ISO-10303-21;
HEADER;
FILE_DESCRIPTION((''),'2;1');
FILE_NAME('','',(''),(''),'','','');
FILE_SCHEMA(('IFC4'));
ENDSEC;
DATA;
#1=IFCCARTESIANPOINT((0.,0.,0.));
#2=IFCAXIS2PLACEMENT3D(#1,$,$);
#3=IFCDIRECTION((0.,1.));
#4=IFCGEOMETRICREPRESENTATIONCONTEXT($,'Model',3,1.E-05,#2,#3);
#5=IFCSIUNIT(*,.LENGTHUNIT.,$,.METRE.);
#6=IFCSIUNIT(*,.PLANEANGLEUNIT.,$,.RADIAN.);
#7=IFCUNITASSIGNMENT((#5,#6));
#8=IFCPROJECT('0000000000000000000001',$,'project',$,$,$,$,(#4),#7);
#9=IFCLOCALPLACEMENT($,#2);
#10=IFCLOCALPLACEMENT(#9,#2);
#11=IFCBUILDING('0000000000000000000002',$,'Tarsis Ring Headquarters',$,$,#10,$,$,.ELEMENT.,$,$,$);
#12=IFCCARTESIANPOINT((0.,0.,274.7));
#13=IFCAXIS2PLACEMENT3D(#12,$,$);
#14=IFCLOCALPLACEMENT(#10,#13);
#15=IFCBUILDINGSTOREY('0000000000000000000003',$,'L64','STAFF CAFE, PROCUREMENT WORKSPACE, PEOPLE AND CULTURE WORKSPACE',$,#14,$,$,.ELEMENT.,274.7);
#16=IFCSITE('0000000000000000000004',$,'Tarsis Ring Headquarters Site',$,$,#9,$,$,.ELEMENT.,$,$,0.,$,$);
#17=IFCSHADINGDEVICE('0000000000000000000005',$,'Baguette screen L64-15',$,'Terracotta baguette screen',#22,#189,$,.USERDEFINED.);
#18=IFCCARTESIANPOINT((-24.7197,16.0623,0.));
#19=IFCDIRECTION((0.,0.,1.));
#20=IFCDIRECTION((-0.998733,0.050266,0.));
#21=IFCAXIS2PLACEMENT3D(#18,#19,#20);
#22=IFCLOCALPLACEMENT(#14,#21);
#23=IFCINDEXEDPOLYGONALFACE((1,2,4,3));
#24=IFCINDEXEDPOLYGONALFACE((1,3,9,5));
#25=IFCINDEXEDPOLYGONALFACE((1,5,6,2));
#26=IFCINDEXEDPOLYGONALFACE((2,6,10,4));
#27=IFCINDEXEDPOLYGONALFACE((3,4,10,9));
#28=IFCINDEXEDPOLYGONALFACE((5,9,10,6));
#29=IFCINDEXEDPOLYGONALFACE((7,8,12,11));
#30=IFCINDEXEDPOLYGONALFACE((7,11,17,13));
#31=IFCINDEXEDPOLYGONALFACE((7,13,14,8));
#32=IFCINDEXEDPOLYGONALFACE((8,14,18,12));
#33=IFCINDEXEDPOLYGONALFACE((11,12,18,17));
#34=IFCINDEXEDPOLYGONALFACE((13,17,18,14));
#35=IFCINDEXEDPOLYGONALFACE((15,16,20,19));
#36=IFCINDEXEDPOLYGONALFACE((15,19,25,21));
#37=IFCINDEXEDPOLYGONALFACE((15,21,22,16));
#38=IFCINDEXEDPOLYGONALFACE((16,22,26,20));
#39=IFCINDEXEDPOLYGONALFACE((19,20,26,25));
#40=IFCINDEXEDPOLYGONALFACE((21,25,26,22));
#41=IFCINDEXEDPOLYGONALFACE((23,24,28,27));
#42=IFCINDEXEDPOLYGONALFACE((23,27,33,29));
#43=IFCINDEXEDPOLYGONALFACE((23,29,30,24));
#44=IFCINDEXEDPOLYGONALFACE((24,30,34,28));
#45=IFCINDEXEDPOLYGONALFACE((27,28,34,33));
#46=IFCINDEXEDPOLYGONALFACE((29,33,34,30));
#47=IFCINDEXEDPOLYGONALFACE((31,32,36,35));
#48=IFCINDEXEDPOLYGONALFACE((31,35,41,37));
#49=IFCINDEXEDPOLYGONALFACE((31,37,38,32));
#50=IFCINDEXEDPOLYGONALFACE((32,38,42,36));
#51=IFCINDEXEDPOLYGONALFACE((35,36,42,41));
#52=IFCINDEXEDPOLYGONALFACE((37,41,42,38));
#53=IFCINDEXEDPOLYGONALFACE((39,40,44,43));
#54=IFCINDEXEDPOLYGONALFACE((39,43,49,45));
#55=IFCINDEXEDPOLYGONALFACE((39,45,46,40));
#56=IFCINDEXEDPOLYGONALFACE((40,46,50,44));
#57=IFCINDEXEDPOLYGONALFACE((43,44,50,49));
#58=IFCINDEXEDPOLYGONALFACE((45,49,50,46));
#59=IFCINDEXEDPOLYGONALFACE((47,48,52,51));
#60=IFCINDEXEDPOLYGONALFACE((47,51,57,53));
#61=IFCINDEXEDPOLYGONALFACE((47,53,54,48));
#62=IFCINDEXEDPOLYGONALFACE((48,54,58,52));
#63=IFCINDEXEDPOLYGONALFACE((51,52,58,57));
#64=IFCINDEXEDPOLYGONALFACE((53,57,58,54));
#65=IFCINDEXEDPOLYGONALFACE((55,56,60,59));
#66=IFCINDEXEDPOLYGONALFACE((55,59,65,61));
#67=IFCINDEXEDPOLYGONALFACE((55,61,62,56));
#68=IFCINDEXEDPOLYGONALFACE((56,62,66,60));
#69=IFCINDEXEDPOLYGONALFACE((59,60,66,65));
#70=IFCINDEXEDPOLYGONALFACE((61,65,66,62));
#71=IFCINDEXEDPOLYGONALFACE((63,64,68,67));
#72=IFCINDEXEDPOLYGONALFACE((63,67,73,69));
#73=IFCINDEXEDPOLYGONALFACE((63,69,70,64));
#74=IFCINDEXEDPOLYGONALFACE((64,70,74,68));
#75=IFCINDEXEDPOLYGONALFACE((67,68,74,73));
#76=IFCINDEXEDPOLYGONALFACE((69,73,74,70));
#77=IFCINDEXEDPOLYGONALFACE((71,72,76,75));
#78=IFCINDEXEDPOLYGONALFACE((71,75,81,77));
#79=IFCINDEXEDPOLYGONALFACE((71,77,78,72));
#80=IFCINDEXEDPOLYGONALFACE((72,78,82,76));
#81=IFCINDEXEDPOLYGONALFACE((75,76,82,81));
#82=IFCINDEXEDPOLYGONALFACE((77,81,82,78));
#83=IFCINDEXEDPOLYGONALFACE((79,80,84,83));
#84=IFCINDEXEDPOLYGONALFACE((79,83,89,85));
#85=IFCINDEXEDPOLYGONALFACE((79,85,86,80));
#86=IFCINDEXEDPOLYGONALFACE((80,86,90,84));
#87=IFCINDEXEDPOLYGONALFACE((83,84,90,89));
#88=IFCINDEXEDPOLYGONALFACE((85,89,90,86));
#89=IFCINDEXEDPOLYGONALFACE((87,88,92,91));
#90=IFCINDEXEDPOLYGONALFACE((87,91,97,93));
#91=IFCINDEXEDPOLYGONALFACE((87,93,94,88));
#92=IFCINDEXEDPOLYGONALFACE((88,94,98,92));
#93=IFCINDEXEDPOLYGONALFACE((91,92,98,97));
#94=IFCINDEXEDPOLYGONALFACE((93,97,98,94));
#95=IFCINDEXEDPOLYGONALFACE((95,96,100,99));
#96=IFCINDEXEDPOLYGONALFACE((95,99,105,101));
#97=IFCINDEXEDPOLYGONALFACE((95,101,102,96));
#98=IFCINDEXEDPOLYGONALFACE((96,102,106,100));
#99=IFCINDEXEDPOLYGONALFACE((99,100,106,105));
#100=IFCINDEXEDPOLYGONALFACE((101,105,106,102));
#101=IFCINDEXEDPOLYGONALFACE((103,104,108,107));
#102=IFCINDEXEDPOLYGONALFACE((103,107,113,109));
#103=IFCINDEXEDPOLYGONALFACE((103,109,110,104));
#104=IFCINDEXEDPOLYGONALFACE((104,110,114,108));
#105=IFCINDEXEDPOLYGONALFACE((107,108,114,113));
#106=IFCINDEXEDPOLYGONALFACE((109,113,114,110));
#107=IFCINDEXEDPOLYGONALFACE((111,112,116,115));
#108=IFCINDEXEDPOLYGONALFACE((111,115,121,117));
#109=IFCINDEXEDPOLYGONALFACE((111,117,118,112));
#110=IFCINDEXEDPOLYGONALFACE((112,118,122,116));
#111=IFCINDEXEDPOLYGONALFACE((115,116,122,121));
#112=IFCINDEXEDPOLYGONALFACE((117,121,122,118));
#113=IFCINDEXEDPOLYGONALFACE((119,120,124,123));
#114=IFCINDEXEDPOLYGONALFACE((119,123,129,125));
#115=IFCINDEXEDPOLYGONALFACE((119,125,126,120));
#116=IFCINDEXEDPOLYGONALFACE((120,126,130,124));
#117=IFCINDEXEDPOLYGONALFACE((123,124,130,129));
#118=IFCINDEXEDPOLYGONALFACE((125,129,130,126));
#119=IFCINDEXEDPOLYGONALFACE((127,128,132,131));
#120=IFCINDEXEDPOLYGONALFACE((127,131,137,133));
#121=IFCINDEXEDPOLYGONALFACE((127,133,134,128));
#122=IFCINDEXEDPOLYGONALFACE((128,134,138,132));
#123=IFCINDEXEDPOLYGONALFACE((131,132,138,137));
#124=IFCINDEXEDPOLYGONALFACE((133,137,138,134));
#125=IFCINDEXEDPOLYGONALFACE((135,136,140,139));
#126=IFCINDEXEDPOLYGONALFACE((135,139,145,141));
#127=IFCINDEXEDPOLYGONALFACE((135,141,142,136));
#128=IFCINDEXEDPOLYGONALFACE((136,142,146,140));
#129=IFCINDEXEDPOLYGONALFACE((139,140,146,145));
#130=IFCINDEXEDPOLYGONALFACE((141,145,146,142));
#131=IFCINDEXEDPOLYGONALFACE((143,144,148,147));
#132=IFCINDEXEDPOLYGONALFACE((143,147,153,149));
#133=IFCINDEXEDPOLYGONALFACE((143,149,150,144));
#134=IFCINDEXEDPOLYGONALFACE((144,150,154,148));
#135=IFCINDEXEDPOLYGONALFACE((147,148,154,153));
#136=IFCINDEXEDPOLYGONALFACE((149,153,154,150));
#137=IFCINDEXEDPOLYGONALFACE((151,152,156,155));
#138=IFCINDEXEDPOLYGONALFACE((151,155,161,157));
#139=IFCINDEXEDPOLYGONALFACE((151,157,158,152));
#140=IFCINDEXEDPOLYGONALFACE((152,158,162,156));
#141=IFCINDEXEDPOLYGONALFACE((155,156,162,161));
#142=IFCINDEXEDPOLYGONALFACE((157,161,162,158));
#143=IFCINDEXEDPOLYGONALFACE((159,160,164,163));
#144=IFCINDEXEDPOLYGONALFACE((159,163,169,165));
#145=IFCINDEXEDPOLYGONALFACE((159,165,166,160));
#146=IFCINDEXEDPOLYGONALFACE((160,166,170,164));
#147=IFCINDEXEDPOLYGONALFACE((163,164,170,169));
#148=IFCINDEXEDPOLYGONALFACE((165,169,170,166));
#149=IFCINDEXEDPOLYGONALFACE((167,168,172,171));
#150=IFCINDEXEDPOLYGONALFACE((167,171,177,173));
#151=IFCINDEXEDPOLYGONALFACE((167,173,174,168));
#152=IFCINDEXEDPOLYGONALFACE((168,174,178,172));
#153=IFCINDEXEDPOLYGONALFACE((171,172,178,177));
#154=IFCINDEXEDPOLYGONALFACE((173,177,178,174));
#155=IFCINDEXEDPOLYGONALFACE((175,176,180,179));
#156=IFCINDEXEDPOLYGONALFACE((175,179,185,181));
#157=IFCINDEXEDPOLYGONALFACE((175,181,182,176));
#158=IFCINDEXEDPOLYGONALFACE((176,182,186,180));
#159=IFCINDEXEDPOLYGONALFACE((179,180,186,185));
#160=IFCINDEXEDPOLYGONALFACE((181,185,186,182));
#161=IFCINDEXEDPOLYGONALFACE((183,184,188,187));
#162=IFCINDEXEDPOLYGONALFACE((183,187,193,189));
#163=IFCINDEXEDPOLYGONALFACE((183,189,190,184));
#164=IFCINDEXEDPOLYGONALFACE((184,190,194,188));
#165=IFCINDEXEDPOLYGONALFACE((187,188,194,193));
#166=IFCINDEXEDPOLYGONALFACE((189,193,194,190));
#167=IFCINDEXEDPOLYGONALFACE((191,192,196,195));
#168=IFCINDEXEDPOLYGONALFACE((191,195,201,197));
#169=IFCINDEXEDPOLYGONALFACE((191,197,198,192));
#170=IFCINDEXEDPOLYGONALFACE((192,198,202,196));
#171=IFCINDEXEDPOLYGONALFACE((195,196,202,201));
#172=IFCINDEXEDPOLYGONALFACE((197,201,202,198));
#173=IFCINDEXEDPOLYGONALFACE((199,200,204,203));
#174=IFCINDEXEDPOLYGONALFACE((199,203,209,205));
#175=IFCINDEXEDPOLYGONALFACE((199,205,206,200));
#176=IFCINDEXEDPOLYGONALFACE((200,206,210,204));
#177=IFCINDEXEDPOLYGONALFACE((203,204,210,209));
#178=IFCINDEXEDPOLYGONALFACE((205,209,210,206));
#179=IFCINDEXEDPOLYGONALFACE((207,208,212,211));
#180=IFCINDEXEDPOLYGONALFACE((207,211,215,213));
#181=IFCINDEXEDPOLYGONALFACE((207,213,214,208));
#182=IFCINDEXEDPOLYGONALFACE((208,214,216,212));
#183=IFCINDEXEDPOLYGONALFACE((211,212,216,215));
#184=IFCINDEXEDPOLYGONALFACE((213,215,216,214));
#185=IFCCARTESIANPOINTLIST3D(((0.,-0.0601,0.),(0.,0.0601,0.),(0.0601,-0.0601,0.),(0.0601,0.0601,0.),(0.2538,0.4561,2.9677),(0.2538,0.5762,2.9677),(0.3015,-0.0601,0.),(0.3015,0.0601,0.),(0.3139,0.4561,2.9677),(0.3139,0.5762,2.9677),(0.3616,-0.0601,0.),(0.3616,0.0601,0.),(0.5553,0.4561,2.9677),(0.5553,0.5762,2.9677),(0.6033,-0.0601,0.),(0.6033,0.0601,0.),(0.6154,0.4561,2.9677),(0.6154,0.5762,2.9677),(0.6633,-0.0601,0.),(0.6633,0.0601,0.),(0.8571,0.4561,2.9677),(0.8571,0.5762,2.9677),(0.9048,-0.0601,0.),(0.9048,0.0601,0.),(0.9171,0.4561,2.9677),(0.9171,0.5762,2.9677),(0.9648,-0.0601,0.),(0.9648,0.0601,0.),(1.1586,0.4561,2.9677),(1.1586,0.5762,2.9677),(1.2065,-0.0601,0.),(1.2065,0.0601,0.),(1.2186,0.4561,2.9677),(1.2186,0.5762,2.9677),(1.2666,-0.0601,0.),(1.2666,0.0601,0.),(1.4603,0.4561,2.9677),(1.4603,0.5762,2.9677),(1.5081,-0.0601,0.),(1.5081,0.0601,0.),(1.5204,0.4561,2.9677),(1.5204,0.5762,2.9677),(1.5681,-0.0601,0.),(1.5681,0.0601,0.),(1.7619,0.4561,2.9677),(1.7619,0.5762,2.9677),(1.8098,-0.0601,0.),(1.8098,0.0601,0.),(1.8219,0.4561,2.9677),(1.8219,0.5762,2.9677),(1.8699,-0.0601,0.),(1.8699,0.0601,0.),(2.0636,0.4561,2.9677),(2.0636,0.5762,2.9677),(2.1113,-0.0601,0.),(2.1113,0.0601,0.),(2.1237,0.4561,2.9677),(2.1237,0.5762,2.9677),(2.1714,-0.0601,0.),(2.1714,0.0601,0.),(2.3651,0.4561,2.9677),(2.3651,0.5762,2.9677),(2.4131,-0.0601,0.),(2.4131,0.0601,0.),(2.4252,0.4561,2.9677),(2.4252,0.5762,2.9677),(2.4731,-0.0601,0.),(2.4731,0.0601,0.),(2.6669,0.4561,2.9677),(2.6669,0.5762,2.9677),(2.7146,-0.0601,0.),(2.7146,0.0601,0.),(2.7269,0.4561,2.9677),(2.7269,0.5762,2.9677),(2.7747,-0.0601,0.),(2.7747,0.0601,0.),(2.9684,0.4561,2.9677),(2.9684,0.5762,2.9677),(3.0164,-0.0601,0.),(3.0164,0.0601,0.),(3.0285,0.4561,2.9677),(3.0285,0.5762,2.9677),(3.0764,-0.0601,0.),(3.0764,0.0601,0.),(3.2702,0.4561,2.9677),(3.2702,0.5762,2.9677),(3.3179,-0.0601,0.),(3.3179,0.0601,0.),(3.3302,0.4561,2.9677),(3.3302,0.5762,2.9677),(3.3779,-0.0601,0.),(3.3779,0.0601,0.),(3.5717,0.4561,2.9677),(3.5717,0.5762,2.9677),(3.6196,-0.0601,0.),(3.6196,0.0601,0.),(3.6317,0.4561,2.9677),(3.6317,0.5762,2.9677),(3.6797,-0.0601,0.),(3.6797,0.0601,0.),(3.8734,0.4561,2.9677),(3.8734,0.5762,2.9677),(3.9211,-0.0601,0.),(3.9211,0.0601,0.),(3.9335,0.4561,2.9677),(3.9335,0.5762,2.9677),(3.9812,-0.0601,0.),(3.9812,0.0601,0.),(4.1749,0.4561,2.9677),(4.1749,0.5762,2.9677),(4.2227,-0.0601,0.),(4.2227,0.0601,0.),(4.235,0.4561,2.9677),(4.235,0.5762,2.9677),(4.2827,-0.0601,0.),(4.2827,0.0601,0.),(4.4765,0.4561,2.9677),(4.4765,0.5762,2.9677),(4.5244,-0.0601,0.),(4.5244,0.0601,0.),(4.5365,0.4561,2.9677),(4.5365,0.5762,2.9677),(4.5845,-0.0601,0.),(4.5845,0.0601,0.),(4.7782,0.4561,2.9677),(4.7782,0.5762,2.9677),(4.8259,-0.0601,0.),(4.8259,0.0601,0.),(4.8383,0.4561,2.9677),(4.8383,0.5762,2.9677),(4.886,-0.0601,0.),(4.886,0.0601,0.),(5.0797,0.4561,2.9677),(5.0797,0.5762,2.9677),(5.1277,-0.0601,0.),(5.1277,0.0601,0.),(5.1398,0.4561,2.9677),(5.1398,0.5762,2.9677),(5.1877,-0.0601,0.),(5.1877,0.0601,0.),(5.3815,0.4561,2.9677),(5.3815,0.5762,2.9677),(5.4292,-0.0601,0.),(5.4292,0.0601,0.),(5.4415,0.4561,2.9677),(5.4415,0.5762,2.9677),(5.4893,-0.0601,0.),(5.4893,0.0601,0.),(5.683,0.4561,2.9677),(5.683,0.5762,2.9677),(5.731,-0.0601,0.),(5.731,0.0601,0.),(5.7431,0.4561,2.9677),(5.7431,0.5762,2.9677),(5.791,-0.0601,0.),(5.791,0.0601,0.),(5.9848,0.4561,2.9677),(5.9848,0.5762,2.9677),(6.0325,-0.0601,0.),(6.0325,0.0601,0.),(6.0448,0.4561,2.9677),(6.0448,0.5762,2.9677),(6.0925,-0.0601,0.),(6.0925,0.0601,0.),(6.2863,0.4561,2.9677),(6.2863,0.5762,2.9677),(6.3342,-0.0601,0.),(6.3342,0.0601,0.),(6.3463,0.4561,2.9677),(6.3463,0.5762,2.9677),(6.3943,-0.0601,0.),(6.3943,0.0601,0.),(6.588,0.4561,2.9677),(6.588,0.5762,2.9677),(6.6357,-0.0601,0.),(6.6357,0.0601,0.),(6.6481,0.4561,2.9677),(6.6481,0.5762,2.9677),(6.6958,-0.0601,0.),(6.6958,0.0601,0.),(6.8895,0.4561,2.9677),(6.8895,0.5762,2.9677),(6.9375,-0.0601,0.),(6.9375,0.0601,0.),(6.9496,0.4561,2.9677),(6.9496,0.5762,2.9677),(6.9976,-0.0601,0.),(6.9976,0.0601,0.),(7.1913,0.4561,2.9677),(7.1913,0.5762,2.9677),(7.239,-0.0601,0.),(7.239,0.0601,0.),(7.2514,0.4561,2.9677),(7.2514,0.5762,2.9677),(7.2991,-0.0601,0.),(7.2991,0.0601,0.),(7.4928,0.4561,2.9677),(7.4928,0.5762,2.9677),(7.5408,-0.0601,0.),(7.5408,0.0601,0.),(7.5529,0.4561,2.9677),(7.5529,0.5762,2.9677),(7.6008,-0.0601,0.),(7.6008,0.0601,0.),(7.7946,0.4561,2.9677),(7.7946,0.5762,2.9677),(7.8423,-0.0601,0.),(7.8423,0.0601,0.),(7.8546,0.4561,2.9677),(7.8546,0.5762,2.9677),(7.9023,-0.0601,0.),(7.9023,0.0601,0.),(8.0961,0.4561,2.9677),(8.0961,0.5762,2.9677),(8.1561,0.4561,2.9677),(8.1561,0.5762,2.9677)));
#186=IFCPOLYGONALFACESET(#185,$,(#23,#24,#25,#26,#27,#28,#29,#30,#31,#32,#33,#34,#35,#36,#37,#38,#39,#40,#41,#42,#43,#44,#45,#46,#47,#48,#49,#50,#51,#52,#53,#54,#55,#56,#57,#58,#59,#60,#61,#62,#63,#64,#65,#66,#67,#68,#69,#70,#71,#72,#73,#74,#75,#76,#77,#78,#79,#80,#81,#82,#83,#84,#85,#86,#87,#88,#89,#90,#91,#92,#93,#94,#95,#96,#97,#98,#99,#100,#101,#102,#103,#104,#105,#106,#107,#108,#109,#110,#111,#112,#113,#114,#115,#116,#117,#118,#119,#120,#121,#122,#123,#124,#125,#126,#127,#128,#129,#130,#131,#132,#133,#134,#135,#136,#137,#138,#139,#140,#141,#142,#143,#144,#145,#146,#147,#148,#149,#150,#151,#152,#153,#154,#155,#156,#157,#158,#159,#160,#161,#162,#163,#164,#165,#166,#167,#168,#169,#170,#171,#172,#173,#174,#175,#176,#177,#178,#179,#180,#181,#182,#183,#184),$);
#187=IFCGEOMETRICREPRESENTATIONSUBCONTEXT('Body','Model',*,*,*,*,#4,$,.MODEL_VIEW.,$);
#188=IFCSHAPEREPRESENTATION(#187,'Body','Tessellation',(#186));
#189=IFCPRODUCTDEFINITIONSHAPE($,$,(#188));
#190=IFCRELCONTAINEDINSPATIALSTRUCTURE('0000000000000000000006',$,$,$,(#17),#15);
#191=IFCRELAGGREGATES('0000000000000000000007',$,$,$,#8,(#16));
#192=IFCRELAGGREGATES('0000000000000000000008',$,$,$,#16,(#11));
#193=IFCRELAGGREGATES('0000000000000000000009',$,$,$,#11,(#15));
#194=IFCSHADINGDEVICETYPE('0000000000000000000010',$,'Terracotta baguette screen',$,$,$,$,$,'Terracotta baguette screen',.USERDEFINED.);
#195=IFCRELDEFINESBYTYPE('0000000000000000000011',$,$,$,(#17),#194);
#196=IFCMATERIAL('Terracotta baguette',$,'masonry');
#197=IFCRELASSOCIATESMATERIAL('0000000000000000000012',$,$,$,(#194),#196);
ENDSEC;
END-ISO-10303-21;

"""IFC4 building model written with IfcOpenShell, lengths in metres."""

from ifc_helpers import new_model, si_unit, direction, frame, frame_2d, origin, place, context, subcontext, project, spatial, rectangle, composite_profile, extrude, material, type_object, element, save


model = new_model("IFC4")

# Units and contexts
model_context = context("Model", 3, precision=1e-05, world=origin(), true_north=direction((0.0, 1.0)))
body_context = subcontext(model_context, "Body", "Model", "MODEL_VIEW")
ifc_project = project(units=[si_unit("LENGTHUNIT", "METRE"), si_unit("PLANEANGLEUNIT", "RADIAN")], contexts=[model_context])

# Site, building, storey
site_placement = place(None, origin())
site = spatial("IfcSite", under=ifc_project, at=site_placement, Name="Tarsis Ring Headquarters Site", CompositionType="ELEMENT", RefElevation=0.0)
building_placement = place(site_placement, origin())
building = spatial("IfcBuilding", under=site, at=building_placement, Name="Tarsis Ring Headquarters", CompositionType="ELEMENT")
storey_placement = place(building_placement, frame((0.0, 0.0, 274.7)))
storey = spatial("IfcBuildingStorey", under=building, at=storey_placement, Name="L64", Description="STAFF CAFE, PROCUREMENT WORKSPACE, PEOPLE AND CULTURE WORKSPACE", CompositionType="ELEMENT", Elevation=274.7)

# Shading device
ifc_material_1 = material(Name="Terracotta baguette", Category="masonry")
shading_device_type = type_object("IfcShadingDeviceType", Name="Terracotta baguette screen", ElementType="Terracotta baguette screen", PredefinedType="USERDEFINED", material=ifc_material_1)
shading_device_1_placement = place(storey_placement, frame((-24.7197, 16.0623, 0.0), z_axis=(0.0, 0.0, 1.0), x_axis=(-0.998733, 0.050266, 0.0)))
element("IfcShadingDevice", 1, at=shading_device_1_placement, inside=storey, type_object=shading_device_type, Name="Baguette screen L64-15", ObjectType="Terracotta baguette screen", PredefinedType="USERDEFINED", context=body_context, shape_type="SweptSolid", body=[
    extrude(composite_profile([rectangle(XDim=0.0601, YDim=0.1201, at=frame_2d((0.03, 0.0))), rectangle(XDim=0.0601, YDim=0.1201, at=frame_2d((0.3315, 0.0))), rectangle(XDim=0.0601, YDim=0.1201, at=frame_2d((0.6333, 0.0))), rectangle(XDim=0.0601, YDim=0.1201, at=frame_2d((0.9348, 0.0))), rectangle(XDim=0.0601, YDim=0.1201, at=frame_2d((1.2366, 0.0))), rectangle(XDim=0.0601, YDim=0.1201, at=frame_2d((1.5381, 0.0))), rectangle(XDim=0.0601, YDim=0.1201, at=frame_2d((1.8398, 0.0))), rectangle(XDim=0.0601, YDim=0.1201, at=frame_2d((2.1414, 0.0))), rectangle(XDim=0.0601, YDim=0.1201, at=frame_2d((2.4431, 0.0))), rectangle(XDim=0.0601, YDim=0.1201, at=frame_2d((2.7446, 0.0))), rectangle(XDim=0.0601, YDim=0.1201, at=frame_2d((3.0464, 0.0))), rectangle(XDim=0.0601, YDim=0.1201, at=frame_2d((3.3479, 0.0))), rectangle(XDim=0.0601, YDim=0.1201, at=frame_2d((3.6497, 0.0))), rectangle(XDim=0.0601, YDim=0.1201, at=frame_2d((3.9512, 0.0))), rectangle(XDim=0.0601, YDim=0.1201, at=frame_2d((4.2527, 0.0))), rectangle(XDim=0.0601, YDim=0.1201, at=frame_2d((4.5544, 0.0))), rectangle(XDim=0.0601, YDim=0.1201, at=frame_2d((4.856, 0.0))), rectangle(XDim=0.0601, YDim=0.1201, at=frame_2d((5.1577, 0.0))), rectangle(XDim=0.0601, YDim=0.1201, at=frame_2d((5.4592, 0.0))), rectangle(XDim=0.0601, YDim=0.1201, at=frame_2d((5.761, 0.0))), rectangle(XDim=0.0601, YDim=0.1201, at=frame_2d((6.0625, 0.0))), rectangle(XDim=0.0601, YDim=0.1201, at=frame_2d((6.3643, 0.0))), rectangle(XDim=0.0601, YDim=0.1201, at=frame_2d((6.6658, 0.0))), rectangle(XDim=0.0601, YDim=0.1201, at=frame_2d((6.9675, 0.0))), rectangle(XDim=0.0601, YDim=0.1201, at=frame_2d((7.269, 0.0))), rectangle(XDim=0.0601, YDim=0.1201, at=frame_2d((7.5708, 0.0))), rectangle(XDim=0.0601, YDim=0.1201, at=frame_2d((7.8723, 0.0)))]), origin(), (0.083956, 0.170748, 0.981731), 3.0229),
])

save(model, "model.ifc")
